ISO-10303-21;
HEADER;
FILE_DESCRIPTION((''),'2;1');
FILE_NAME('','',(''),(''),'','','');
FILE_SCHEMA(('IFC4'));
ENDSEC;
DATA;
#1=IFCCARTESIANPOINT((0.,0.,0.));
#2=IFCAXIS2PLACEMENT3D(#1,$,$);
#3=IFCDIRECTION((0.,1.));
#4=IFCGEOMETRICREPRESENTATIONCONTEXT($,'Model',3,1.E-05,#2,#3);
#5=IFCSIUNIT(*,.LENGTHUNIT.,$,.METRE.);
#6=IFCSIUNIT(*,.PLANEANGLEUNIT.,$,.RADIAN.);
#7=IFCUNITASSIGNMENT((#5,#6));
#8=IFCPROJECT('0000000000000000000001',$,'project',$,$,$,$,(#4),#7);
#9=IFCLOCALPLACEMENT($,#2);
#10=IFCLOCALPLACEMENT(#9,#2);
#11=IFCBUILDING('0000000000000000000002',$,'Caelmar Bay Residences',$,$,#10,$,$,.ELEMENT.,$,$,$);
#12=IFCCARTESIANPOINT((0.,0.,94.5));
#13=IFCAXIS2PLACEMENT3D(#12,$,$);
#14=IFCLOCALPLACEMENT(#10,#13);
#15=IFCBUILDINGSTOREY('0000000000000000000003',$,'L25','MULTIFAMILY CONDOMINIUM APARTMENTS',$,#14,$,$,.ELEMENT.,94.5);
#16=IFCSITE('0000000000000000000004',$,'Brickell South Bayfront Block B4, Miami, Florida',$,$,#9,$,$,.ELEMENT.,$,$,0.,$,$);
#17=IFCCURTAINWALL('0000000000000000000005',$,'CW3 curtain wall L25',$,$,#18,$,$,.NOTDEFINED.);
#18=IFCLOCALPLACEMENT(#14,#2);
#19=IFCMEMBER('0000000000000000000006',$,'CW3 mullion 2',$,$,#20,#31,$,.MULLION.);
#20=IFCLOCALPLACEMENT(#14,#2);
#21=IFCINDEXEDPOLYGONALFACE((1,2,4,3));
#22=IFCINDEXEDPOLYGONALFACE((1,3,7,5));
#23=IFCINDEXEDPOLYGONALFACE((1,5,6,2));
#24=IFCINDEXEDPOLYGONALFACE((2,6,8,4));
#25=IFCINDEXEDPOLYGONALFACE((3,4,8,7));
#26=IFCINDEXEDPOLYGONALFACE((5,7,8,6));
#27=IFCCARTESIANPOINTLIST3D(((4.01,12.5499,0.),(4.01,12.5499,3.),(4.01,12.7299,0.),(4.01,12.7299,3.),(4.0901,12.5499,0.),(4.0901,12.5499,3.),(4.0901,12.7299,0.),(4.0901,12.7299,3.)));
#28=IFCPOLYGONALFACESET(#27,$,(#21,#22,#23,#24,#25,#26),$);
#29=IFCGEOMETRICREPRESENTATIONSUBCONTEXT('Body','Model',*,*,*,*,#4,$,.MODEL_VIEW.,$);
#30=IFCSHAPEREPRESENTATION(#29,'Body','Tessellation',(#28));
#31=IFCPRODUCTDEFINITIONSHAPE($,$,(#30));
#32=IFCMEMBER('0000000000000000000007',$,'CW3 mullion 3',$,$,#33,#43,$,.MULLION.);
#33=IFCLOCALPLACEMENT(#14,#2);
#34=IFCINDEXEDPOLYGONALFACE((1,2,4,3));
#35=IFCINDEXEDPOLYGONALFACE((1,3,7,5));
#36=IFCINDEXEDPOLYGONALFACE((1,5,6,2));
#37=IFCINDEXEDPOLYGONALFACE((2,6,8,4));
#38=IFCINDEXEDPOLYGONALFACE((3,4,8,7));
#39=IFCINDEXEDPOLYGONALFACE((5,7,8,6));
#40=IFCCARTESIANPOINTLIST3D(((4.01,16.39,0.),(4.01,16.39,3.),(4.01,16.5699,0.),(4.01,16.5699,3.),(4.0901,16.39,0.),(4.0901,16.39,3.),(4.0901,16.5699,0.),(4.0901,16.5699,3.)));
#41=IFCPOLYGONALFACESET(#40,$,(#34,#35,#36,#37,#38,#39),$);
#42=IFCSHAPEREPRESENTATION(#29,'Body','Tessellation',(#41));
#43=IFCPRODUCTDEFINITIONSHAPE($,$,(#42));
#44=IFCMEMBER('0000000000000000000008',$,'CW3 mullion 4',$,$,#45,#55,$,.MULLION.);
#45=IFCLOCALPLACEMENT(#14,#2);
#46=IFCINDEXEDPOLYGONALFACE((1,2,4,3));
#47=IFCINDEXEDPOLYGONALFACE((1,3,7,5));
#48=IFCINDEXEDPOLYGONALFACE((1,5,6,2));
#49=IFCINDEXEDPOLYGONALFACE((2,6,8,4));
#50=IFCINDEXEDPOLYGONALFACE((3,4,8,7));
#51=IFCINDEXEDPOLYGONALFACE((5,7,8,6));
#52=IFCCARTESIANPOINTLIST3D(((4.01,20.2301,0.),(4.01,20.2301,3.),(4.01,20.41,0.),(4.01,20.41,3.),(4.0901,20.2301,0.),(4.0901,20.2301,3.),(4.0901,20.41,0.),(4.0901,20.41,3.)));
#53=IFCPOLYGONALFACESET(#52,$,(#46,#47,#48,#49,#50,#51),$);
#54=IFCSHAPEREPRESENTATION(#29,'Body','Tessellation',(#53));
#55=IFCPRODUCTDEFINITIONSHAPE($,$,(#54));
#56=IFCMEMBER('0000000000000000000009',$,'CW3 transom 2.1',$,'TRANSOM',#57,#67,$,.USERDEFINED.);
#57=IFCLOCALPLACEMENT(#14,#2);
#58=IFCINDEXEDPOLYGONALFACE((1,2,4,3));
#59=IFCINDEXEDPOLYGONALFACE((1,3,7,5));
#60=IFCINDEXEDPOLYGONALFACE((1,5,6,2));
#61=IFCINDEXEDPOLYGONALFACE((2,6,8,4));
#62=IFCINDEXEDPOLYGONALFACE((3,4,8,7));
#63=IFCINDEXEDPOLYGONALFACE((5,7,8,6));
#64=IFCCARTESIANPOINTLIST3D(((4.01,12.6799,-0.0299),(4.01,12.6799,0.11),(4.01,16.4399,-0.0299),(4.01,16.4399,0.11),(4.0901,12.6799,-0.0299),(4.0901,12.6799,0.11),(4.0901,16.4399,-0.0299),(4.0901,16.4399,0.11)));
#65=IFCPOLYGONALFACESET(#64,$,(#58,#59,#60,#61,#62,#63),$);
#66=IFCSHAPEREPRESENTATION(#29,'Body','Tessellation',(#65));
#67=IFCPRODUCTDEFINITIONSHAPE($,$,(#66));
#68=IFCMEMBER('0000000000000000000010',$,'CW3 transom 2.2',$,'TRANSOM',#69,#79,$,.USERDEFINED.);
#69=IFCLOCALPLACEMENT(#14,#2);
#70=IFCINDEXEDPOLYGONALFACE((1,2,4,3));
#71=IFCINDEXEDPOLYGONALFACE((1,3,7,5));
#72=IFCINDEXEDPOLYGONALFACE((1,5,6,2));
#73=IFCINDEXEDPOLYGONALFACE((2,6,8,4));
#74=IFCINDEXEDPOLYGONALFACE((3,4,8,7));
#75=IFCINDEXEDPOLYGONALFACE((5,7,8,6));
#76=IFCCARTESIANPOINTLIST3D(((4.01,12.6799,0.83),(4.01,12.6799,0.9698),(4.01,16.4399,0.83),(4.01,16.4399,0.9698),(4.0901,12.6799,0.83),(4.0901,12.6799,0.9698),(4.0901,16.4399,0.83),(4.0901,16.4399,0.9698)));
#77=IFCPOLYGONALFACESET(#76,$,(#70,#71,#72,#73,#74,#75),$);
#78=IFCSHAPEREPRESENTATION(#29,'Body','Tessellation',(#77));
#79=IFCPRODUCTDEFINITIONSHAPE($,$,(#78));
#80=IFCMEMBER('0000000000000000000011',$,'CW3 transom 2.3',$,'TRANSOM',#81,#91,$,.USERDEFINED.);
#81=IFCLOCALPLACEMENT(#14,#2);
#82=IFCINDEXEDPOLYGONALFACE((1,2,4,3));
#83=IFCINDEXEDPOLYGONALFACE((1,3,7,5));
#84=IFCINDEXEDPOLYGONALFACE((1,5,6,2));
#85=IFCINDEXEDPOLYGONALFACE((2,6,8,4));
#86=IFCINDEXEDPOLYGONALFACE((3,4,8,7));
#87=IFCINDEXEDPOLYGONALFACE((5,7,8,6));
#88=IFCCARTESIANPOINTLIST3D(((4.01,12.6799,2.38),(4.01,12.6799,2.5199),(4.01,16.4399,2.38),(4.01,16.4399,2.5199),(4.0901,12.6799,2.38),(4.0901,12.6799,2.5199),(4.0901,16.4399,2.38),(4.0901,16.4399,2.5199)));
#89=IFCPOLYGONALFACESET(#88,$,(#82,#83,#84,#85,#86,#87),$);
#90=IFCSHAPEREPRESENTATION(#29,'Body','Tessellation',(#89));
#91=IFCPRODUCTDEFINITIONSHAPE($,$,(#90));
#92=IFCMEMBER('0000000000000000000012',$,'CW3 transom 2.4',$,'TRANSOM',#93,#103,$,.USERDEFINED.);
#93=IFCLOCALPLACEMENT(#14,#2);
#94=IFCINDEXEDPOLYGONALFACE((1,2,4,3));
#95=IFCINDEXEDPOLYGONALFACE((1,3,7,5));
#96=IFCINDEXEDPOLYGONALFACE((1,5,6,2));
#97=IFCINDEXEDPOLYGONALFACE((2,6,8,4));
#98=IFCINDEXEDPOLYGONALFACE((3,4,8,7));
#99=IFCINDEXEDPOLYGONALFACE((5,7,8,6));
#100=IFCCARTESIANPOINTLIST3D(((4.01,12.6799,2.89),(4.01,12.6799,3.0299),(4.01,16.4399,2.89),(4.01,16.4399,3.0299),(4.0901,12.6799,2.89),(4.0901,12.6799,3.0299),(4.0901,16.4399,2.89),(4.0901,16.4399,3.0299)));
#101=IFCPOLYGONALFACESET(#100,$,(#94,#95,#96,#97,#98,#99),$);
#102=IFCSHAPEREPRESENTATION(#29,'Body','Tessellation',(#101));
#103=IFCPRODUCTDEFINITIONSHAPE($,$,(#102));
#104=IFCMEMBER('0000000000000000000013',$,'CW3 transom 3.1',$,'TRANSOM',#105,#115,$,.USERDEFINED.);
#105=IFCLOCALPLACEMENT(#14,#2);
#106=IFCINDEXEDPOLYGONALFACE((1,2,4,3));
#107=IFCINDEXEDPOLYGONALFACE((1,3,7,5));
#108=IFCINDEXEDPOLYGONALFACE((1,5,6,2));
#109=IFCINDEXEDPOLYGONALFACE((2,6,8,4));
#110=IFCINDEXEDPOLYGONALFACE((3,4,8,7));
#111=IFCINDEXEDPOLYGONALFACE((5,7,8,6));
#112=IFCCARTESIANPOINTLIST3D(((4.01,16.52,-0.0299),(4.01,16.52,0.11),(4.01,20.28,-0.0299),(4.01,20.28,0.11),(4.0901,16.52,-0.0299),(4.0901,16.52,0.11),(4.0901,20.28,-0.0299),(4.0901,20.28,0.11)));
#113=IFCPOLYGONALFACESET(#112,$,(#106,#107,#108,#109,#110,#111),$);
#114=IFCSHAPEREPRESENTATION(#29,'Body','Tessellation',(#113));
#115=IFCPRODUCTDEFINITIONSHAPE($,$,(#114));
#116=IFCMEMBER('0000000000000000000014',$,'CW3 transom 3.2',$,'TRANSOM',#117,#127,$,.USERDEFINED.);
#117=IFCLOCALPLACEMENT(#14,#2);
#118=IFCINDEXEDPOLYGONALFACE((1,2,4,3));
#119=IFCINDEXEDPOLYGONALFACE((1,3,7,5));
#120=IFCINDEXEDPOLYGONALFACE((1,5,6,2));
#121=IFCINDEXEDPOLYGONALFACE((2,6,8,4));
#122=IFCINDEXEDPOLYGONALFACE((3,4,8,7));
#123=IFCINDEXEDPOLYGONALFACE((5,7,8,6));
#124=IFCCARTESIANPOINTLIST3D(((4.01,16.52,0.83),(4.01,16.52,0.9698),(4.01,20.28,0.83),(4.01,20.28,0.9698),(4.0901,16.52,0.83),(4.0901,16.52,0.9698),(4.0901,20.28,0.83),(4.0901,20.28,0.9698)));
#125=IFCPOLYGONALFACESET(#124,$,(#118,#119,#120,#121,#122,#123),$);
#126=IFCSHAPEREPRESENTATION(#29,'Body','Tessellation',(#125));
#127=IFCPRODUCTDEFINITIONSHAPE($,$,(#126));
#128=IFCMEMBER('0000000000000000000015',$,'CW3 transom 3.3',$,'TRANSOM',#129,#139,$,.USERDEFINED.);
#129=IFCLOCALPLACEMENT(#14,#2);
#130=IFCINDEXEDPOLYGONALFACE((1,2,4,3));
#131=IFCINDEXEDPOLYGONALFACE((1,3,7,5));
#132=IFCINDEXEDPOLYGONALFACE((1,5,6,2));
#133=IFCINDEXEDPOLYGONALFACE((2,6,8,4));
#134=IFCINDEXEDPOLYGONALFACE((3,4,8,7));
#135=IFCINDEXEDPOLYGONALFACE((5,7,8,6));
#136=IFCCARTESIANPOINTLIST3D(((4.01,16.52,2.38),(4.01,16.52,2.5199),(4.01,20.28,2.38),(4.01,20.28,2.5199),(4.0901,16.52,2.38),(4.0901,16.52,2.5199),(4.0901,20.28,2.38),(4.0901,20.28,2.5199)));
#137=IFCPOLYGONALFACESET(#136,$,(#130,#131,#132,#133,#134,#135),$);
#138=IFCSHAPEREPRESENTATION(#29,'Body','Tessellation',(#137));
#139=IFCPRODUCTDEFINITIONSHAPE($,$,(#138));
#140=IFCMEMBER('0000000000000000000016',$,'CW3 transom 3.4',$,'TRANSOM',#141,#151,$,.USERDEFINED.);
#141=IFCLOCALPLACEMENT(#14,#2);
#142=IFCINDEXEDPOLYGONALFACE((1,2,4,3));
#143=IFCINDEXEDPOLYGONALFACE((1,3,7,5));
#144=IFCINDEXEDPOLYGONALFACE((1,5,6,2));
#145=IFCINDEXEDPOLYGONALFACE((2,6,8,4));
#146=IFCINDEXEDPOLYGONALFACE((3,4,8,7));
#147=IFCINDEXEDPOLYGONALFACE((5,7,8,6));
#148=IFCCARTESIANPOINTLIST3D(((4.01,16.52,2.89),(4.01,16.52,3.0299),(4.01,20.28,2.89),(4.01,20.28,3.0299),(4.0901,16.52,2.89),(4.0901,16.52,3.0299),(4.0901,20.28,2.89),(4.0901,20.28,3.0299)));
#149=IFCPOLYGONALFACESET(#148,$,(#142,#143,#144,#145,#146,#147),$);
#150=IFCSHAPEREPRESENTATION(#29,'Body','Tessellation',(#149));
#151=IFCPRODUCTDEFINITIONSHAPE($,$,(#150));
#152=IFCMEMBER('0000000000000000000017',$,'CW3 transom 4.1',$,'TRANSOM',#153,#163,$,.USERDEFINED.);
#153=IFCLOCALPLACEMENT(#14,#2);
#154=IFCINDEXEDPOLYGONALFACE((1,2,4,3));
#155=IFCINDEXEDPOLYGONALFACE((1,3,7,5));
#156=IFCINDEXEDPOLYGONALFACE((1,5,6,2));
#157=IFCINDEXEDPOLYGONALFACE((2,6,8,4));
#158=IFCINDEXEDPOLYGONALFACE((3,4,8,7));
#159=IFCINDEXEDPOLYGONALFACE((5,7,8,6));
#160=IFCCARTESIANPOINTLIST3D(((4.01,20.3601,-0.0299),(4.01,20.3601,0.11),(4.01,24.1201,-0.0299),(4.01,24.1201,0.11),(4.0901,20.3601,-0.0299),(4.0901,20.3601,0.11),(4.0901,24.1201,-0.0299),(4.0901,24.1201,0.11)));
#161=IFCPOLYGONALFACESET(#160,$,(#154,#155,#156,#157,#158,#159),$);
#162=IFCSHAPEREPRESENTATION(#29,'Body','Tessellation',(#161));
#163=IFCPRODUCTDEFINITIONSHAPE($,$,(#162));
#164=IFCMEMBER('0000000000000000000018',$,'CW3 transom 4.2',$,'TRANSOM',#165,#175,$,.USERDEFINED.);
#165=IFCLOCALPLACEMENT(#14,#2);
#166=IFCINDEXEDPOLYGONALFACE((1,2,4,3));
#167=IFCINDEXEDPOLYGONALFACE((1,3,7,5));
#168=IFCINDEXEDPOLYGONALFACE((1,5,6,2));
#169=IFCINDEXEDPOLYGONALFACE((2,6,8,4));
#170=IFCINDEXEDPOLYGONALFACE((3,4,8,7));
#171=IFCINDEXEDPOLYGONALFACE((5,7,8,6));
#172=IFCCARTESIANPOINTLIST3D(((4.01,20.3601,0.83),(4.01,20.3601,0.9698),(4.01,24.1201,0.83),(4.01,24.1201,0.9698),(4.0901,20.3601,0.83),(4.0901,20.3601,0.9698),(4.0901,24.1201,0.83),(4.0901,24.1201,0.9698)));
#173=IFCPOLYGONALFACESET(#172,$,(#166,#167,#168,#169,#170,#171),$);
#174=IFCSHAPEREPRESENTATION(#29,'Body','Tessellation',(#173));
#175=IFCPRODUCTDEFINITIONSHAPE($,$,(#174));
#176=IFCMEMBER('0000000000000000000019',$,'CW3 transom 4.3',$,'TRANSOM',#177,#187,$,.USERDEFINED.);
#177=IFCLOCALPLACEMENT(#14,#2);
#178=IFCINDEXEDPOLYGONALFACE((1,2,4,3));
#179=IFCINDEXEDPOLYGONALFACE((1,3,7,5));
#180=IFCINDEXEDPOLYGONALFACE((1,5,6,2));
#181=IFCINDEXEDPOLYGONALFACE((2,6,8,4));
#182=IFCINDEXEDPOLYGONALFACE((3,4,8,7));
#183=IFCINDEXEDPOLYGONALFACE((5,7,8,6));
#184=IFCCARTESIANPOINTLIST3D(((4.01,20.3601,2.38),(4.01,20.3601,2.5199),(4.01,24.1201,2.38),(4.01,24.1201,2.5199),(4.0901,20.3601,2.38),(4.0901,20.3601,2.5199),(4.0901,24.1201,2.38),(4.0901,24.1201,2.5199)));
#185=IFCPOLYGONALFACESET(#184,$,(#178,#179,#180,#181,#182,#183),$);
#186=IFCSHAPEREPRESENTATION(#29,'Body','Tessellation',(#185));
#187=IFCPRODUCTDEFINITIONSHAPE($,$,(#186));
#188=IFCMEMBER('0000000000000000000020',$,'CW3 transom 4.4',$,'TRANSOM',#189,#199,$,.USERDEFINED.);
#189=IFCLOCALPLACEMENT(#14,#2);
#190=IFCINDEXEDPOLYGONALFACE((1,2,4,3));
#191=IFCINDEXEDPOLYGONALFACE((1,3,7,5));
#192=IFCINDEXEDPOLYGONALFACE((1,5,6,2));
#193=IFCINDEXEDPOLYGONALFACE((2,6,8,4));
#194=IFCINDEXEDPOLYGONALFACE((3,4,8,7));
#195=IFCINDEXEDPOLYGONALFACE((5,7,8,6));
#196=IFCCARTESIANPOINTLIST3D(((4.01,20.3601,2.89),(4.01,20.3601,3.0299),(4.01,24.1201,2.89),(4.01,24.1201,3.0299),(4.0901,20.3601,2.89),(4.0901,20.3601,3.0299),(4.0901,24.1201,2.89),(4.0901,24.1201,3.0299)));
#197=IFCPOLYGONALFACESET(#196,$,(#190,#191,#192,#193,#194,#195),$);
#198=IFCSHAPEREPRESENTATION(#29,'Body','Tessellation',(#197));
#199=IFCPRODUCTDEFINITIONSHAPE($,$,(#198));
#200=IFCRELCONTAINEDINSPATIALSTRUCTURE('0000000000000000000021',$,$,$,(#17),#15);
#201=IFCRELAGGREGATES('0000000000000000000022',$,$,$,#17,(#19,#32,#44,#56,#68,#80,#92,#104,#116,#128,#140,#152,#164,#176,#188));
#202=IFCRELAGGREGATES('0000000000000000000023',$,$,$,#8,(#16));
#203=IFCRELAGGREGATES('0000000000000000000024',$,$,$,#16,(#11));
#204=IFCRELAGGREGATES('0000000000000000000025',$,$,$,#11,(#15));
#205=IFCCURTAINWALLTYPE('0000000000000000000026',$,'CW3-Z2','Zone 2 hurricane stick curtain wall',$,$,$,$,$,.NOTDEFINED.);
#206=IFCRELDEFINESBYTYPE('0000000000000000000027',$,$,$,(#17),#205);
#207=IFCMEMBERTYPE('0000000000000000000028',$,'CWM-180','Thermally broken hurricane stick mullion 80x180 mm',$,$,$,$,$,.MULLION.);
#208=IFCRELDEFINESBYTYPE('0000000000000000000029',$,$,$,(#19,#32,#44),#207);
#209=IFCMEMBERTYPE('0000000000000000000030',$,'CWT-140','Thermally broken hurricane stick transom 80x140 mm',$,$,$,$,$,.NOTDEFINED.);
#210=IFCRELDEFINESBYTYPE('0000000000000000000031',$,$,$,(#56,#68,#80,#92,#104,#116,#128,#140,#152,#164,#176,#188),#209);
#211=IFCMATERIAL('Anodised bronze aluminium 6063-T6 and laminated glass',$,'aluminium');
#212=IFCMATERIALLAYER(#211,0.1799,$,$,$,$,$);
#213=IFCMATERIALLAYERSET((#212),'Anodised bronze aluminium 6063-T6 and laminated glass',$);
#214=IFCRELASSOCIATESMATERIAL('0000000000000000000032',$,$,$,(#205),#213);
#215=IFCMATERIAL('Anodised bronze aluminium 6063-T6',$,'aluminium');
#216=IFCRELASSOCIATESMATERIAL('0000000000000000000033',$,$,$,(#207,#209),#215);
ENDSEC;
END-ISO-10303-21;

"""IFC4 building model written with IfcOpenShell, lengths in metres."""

from ifc_helpers import new_model, si_unit, direction, frame, origin, origin_2d, place, context, subcontext, project, spatial, rectangle, extrude, material, layer, layer_set, material_profile, profile_set, type_object, element, aggregate, save


model = new_model("IFC4")

# Units and contexts
model_context = context("Model", 3, precision=1e-05, world=origin(), true_north=direction((0.0, 1.0)))
body_context = subcontext(model_context, "Body", "Model", "MODEL_VIEW")
ifc_project = project(units=[si_unit("LENGTHUNIT", "METRE"), si_unit("PLANEANGLEUNIT", "RADIAN")], contexts=[model_context])

# Site, building, storey
site_placement = place(None, origin())
site = spatial("IfcSite", under=ifc_project, at=site_placement, Name="Brickell South Bayfront Block B4, Miami, Florida", CompositionType="ELEMENT", RefElevation=0.0)
building_placement = place(site_placement, origin())
building = spatial("IfcBuilding", under=site, at=building_placement, Name="Caelmar Bay Residences", CompositionType="ELEMENT")
storey_placement = place(building_placement, frame((0.0, 0.0, 94.5)))
storey = spatial("IfcBuildingStorey", under=building, at=storey_placement, Name="L25", Description="MULTIFAMILY CONDOMINIUM APARTMENTS", CompositionType="ELEMENT", Elevation=94.5)

# Curtain wall, members
ifc_material_1 = material(Name="Anodised bronze aluminium 6063-T6 and laminated glass", Category="aluminium")
ifc_layer_1 = layer(ifc_material_1, 0.1799)
ifc_layer_set_1 = layer_set([ifc_layer_1], Name="Anodised bronze aluminium 6063-T6 and laminated glass")
curtain_wall_type = type_object("IfcCurtainWallType", Name="CW3-Z2", Description="Zone 2 hurricane stick curtain wall", PredefinedType="NOTDEFINED", material=ifc_layer_set_1)
curtain_wall_placement = place(storey_placement, origin())
curtain_wall = element("IfcCurtainWall", 1, at=curtain_wall_placement, inside=storey, type_object=curtain_wall_type, Name="CW3 curtain wall L25", PredefinedType="NOTDEFINED")
ifc_material_2 = material(Name="Anodised bronze aluminium 6063-T6", Category="aluminium")
ifc_material_profile_1 = material_profile(ifc_material_2, rectangle(XDim=0.0801, YDim=0.1799, at=origin_2d()), Name="CWM-80X180")
ifc_profile_set_1 = profile_set([ifc_material_profile_1], Name="Anodised bronze aluminium 6063-T6")
member_type_1 = type_object("IfcMemberType", Name="CWM-180", Description="Thermally broken hurricane stick mullion 80x180 mm", PredefinedType="MULLION", material=ifc_profile_set_1)
member_1_placement = place(storey_placement, frame((4.05, 12.6399, 0.0), z_axis=(0.0, 0.0, 1.0), x_axis=(-1.0, 0.0, 0.0)))
member_1 = element("IfcMember", 2, at=member_1_placement, type_object=member_type_1, Name="CW3 mullion 2", PredefinedType="MULLION", context=body_context, shape_type="SweptSolid", body=[
    extrude(rectangle(XDim=0.0801, YDim=0.1799, at=origin_2d()), origin(), (0.0, 0.0, 1.0), 3.0),
])
member_2_placement = place(storey_placement, frame((4.05, 16.48, 0.0), z_axis=(0.0, 0.0, 1.0), x_axis=(-1.0, 0.0, 0.0)))
member_2 = element("IfcMember", 3, at=member_2_placement, type_object=member_type_1, Name="CW3 mullion 3", PredefinedType="MULLION", context=body_context, shape_type="SweptSolid", body=[
    extrude(rectangle(XDim=0.0801, YDim=0.1799, at=origin_2d()), origin(), (0.0, 0.0, 1.0), 3.0),
])
member_3_placement = place(storey_placement, frame((4.05, 20.3201, 0.0), z_axis=(0.0, 0.0, 1.0), x_axis=(-1.0, 0.0, 0.0)))
member_3 = element("IfcMember", 4, at=member_3_placement, type_object=member_type_1, Name="CW3 mullion 4", PredefinedType="MULLION", context=body_context, shape_type="SweptSolid", body=[
    extrude(rectangle(XDim=0.0801, YDim=0.1799, at=origin_2d()), origin(), (0.0, 0.0, 1.0), 3.0),
])
ifc_material_profile_2 = material_profile(ifc_material_2, rectangle(XDim=0.0801, YDim=0.1399, at=origin_2d()), Name="CWT-80X140")
ifc_profile_set_2 = profile_set([ifc_material_profile_2], Name="Anodised bronze aluminium 6063-T6")
member_type_2 = type_object("IfcMemberType", Name="CWT-140", Description="Thermally broken hurricane stick transom 80x140 mm", PredefinedType="NOTDEFINED", material=ifc_profile_set_2)
member_4_placement = place(storey_placement, frame((4.05, 12.6799, 0.04), z_axis=(0.0, 1.0, 0.0), x_axis=(-1.0, 0.0, 0.0)))
member_4 = element("IfcMember", 5, at=member_4_placement, type_object=member_type_2, Name="CW3 transom 2.1", ObjectType="TRANSOM", PredefinedType="USERDEFINED", context=body_context, shape_type="SweptSolid", body=[
    extrude(rectangle(XDim=0.0801, YDim=0.1399, at=origin_2d()), origin(), (0.0, 0.0, 1.0), 3.76),
])
member_5_placement = place(storey_placement, frame((4.05, 12.6799, 0.8999), z_axis=(0.0, 1.0, 0.0), x_axis=(-1.0, 0.0, 0.0)))
member_5 = element("IfcMember", 6, at=member_5_placement, type_object=member_type_2, Name="CW3 transom 2.2", ObjectType="TRANSOM", PredefinedType="USERDEFINED", context=body_context, shape_type="SweptSolid", body=[
    extrude(rectangle(XDim=0.0801, YDim=0.1399, at=origin_2d()), origin(), (0.0, 0.0, 1.0), 3.76),
])
member_6_placement = place(storey_placement, frame((4.05, 12.6799, 2.45), z_axis=(0.0, 1.0, 0.0), x_axis=(-1.0, 0.0, 0.0)))
member_6 = element("IfcMember", 7, at=member_6_placement, type_object=member_type_2, Name="CW3 transom 2.3", ObjectType="TRANSOM", PredefinedType="USERDEFINED", context=body_context, shape_type="SweptSolid", body=[
    extrude(rectangle(XDim=0.0801, YDim=0.1399, at=origin_2d()), origin(), (0.0, 0.0, 1.0), 3.76),
])
member_7_placement = place(storey_placement, frame((4.05, 12.6799, 2.96), z_axis=(0.0, 1.0, 0.0), x_axis=(-1.0, 0.0, 0.0)))
member_7 = element("IfcMember", 8, at=member_7_placement, type_object=member_type_2, Name="CW3 transom 2.4", ObjectType="TRANSOM", PredefinedType="USERDEFINED", context=body_context, shape_type="SweptSolid", body=[
    extrude(rectangle(XDim=0.0801, YDim=0.1399, at=origin_2d()), origin(), (0.0, 0.0, 1.0), 3.76),
])
member_8_placement = place(storey_placement, frame((4.05, 16.52, 0.04), z_axis=(0.0, 1.0, 0.0), x_axis=(-1.0, 0.0, 0.0)))
member_8 = element("IfcMember", 9, at=member_8_placement, type_object=member_type_2, Name="CW3 transom 3.1", ObjectType="TRANSOM", PredefinedType="USERDEFINED", context=body_context, shape_type="SweptSolid", body=[
    extrude(rectangle(XDim=0.0801, YDim=0.1399, at=origin_2d()), origin(), (0.0, 0.0, 1.0), 3.76),
])
member_9_placement = place(storey_placement, frame((4.05, 16.52, 0.8999), z_axis=(0.0, 1.0, 0.0), x_axis=(-1.0, 0.0, 0.0)))
member_9 = element("IfcMember", 10, at=member_9_placement, type_object=member_type_2, Name="CW3 transom 3.2", ObjectType="TRANSOM", PredefinedType="USERDEFINED", context=body_context, shape_type="SweptSolid", body=[
    extrude(rectangle(XDim=0.0801, YDim=0.1399, at=origin_2d()), origin(), (0.0, 0.0, 1.0), 3.76),
])
member_10_placement = place(storey_placement, frame((4.05, 16.52, 2.45), z_axis=(0.0, 1.0, 0.0), x_axis=(-1.0, 0.0, 0.0)))
member_10 = element("IfcMember", 11, at=member_10_placement, type_object=member_type_2, Name="CW3 transom 3.3", ObjectType="TRANSOM", PredefinedType="USERDEFINED", context=body_context, shape_type="SweptSolid", body=[
    extrude(rectangle(XDim=0.0801, YDim=0.1399, at=origin_2d()), origin(), (0.0, 0.0, 1.0), 3.76),
])
member_11_placement = place(storey_placement, frame((4.05, 16.52, 2.96), z_axis=(0.0, 1.0, 0.0), x_axis=(-1.0, 0.0, 0.0)))
member_11 = element("IfcMember", 12, at=member_11_placement, type_object=member_type_2, Name="CW3 transom 3.4", ObjectType="TRANSOM", PredefinedType="USERDEFINED", context=body_context, shape_type="SweptSolid", body=[
    extrude(rectangle(XDim=0.0801, YDim=0.1399, at=origin_2d()), origin(), (0.0, 0.0, 1.0), 3.76),
])
member_12_placement = place(storey_placement, frame((4.05, 20.3601, 0.04), z_axis=(0.0, 1.0, 0.0), x_axis=(-1.0, 0.0, 0.0)))
member_12 = element("IfcMember", 13, at=member_12_placement, type_object=member_type_2, Name="CW3 transom 4.1", ObjectType="TRANSOM", PredefinedType="USERDEFINED", context=body_context, shape_type="SweptSolid", body=[
    extrude(rectangle(XDim=0.0801, YDim=0.1399, at=origin_2d()), origin(), (0.0, 0.0, 1.0), 3.76),
])
member_13_placement = place(storey_placement, frame((4.05, 20.3601, 0.8999), z_axis=(0.0, 1.0, 0.0), x_axis=(-1.0, 0.0, 0.0)))
member_13 = element("IfcMember", 14, at=member_13_placement, type_object=member_type_2, Name="CW3 transom 4.2", ObjectType="TRANSOM", PredefinedType="USERDEFINED", context=body_context, shape_type="SweptSolid", body=[
    extrude(rectangle(XDim=0.0801, YDim=0.1399, at=origin_2d()), origin(), (0.0, 0.0, 1.0), 3.76),
])
member_14_placement = place(storey_placement, frame((4.05, 20.3601, 2.45), z_axis=(0.0, 1.0, 0.0), x_axis=(-1.0, 0.0, 0.0)))
member_14 = element("IfcMember", 15, at=member_14_placement, type_object=member_type_2, Name="CW3 transom 4.3", ObjectType="TRANSOM", PredefinedType="USERDEFINED", context=body_context, shape_type="SweptSolid", body=[
    extrude(rectangle(XDim=0.0801, YDim=0.1399, at=origin_2d()), origin(), (0.0, 0.0, 1.0), 3.76),
])
member_15_placement = place(storey_placement, frame((4.05, 20.3601, 2.96), z_axis=(0.0, 1.0, 0.0), x_axis=(-1.0, 0.0, 0.0)))
member_15 = element("IfcMember", 16, at=member_15_placement, type_object=member_type_2, Name="CW3 transom 4.4", ObjectType="TRANSOM", PredefinedType="USERDEFINED", context=body_context, shape_type="SweptSolid", body=[
    extrude(rectangle(XDim=0.0801, YDim=0.1399, at=origin_2d()), origin(), (0.0, 0.0, 1.0), 3.76),
])
aggregate(curtain_wall, [member_1, member_2, member_3, member_4, member_5, member_6, member_7, member_8, member_9, member_10, member_11, member_12, member_13, member_14, member_15])

save(model, "model.ifc")
